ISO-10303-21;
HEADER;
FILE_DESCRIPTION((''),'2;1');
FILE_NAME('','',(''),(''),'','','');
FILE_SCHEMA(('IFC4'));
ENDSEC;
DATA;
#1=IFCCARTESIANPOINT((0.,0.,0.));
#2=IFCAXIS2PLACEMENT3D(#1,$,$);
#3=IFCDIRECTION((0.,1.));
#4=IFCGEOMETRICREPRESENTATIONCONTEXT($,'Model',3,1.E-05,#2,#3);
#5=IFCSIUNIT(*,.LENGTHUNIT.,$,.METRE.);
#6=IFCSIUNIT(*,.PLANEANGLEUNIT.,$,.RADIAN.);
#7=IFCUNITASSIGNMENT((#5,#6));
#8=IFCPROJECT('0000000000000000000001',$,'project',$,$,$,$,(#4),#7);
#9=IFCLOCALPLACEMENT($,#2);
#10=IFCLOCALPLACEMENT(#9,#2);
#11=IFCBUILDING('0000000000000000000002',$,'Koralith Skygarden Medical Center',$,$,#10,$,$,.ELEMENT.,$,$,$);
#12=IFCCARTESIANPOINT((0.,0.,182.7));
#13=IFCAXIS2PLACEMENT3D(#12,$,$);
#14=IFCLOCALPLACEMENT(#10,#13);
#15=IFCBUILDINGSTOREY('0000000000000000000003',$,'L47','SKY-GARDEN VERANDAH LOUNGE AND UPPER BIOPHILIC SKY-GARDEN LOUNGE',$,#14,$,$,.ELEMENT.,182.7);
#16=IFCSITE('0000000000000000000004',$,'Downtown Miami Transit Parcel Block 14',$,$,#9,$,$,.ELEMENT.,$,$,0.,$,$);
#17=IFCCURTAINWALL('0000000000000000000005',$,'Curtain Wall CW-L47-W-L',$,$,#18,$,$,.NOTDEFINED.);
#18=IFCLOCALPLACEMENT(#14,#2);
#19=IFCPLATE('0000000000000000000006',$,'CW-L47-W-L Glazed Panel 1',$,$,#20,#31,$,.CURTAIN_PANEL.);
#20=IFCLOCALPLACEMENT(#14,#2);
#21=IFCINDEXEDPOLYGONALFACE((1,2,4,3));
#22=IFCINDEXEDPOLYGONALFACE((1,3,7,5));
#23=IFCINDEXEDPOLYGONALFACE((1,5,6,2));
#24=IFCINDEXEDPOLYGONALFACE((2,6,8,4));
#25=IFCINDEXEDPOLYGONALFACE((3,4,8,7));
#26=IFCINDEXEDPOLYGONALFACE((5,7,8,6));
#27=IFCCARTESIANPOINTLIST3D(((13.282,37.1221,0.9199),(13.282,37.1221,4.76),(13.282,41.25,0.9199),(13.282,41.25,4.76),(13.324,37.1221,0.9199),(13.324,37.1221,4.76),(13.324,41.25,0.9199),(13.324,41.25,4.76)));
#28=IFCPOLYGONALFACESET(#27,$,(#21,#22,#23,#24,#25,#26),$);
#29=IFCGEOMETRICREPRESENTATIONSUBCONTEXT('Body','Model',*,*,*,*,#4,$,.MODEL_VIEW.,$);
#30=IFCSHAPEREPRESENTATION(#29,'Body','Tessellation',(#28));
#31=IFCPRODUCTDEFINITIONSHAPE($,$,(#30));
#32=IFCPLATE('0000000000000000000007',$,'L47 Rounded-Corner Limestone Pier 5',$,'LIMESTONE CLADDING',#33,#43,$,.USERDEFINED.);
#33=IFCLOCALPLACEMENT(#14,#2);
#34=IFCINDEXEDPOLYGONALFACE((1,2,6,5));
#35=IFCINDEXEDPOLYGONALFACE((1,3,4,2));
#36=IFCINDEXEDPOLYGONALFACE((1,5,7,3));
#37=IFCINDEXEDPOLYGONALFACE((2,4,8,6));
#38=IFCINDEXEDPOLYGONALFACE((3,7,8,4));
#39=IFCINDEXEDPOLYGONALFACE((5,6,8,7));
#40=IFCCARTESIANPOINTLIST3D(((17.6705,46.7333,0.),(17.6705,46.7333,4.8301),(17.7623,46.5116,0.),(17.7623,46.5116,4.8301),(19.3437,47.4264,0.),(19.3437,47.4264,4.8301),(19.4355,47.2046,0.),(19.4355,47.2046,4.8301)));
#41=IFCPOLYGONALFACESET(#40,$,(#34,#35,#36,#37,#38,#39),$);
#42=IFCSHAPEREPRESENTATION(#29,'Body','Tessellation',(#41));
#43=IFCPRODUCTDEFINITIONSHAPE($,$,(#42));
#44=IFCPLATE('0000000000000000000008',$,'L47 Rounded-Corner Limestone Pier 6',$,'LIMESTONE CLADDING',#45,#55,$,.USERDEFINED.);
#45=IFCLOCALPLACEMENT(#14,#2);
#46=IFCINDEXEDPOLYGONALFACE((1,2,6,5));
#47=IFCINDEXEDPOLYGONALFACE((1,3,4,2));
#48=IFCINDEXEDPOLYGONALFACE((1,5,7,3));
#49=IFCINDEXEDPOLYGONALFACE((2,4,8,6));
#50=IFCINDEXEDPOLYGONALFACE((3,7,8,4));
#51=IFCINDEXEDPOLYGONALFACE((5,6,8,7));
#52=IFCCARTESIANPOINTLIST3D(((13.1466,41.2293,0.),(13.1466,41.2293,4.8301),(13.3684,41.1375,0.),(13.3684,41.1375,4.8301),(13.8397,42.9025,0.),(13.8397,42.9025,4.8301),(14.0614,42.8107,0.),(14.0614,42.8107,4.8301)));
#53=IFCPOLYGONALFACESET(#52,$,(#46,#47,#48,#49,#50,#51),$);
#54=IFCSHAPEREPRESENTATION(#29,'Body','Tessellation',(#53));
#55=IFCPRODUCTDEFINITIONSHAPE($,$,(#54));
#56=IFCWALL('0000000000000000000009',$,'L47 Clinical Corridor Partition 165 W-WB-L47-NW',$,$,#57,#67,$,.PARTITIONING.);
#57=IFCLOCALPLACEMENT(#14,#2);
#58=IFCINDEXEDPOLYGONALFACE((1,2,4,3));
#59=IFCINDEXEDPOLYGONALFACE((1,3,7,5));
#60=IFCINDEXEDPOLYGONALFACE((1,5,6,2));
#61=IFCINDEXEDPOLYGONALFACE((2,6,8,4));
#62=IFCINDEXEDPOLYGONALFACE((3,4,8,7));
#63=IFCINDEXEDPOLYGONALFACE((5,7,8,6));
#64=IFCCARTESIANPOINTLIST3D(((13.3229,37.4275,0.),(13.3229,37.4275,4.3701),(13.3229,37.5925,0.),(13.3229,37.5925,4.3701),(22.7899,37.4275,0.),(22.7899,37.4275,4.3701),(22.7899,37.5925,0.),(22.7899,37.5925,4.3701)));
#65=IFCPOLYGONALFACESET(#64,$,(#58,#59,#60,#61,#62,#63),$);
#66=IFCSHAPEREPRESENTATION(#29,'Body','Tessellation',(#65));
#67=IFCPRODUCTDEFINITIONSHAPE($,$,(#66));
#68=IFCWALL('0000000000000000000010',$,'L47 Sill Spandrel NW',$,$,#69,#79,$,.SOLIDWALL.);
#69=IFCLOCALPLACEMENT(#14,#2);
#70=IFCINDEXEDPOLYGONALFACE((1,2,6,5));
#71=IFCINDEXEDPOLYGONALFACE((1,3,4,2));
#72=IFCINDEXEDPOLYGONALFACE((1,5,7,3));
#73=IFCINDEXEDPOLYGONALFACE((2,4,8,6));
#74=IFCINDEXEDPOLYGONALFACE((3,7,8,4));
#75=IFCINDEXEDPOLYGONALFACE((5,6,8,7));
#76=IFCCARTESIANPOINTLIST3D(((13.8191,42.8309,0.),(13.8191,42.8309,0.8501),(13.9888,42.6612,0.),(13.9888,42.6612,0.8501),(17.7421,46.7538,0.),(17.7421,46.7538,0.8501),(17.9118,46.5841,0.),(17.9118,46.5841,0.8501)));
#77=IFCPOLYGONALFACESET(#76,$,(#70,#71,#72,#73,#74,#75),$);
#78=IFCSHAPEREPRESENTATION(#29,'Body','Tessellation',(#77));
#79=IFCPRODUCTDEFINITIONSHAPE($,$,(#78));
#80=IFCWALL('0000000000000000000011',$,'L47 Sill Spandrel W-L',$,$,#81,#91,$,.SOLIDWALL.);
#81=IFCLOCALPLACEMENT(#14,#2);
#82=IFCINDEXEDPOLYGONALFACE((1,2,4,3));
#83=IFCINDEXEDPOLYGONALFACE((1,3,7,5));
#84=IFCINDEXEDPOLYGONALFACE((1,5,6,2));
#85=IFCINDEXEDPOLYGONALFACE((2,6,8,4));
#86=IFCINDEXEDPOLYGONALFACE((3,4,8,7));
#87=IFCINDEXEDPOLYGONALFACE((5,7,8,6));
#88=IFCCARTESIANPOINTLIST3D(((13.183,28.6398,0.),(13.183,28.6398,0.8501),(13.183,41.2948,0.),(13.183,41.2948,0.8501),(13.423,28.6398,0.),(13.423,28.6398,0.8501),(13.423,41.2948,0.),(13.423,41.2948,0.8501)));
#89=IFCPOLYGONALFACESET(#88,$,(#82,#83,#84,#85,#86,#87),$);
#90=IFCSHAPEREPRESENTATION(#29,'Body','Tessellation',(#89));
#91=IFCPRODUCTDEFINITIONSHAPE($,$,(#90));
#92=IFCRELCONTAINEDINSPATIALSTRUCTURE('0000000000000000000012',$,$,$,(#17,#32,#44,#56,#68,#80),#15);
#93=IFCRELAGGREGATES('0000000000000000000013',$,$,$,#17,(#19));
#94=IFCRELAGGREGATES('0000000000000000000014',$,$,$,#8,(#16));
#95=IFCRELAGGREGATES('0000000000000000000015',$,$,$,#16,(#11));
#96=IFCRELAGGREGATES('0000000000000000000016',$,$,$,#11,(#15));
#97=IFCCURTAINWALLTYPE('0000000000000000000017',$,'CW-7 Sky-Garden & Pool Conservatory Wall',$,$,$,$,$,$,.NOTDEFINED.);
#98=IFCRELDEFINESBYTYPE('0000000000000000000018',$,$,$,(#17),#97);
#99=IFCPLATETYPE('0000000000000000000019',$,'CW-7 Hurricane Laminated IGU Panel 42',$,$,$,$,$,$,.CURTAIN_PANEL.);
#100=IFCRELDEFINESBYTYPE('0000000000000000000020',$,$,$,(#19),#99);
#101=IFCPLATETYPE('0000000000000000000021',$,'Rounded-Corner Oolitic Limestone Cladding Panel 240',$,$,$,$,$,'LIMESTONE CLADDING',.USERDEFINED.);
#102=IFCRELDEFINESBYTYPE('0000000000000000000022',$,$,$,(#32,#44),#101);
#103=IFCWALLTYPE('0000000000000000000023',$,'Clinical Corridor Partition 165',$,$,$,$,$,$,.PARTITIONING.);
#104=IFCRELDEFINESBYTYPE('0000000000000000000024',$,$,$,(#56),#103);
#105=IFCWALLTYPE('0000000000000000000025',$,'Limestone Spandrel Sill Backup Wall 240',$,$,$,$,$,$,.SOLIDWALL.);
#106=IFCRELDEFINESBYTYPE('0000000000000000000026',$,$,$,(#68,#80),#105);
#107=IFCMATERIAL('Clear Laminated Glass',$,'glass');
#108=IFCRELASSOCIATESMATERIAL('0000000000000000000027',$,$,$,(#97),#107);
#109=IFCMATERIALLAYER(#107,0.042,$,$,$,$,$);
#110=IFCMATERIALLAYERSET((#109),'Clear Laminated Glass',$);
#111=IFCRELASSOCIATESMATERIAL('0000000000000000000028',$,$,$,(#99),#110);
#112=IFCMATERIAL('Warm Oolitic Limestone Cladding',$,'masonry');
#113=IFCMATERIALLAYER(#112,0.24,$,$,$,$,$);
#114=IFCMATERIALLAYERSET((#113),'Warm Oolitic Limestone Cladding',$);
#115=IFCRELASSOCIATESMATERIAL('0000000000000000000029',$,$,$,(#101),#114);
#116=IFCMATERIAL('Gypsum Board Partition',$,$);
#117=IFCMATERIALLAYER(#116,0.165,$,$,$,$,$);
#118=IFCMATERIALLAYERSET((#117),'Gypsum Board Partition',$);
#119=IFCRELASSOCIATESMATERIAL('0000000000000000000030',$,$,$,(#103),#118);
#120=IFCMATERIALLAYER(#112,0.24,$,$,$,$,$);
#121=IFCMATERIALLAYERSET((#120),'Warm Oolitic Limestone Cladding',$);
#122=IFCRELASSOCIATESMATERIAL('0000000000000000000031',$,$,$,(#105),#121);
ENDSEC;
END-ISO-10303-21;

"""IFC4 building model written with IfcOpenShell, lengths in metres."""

from ifc_helpers import new_model, si_unit, direction, frame, frame_2d, origin, origin_2d, place, context, subcontext, project, spatial, rectangle, extrude, material, layer, layer_set, type_object, element, aggregate, save


model = new_model("IFC4")

# Units and contexts
model_context = context("Model", 3, precision=1e-05, world=origin(), true_north=direction((0.0, 1.0)))
body_context = subcontext(model_context, "Body", "Model", "MODEL_VIEW")
ifc_project = project(units=[si_unit("LENGTHUNIT", "METRE"), si_unit("PLANEANGLEUNIT", "RADIAN")], contexts=[model_context])

# Site, building, storey
site_placement = place(None, origin())
site = spatial("IfcSite", under=ifc_project, at=site_placement, Name="Downtown Miami Transit Parcel Block 14", CompositionType="ELEMENT", RefElevation=0.0)
building_placement = place(site_placement, origin())
building = spatial("IfcBuilding", under=site, at=building_placement, Name="Koralith Skygarden Medical Center", CompositionType="ELEMENT")
storey_placement = place(building_placement, frame((0.0, 0.0, 182.7)))
storey = spatial("IfcBuildingStorey", under=building, at=storey_placement, Name="L47", Description="SKY-GARDEN VERANDAH LOUNGE AND UPPER BIOPHILIC SKY-GARDEN LOUNGE", CompositionType="ELEMENT", Elevation=182.7)

# Shared definitions
ifc_material_1 = material(Name="Clear Laminated Glass", Category="glass")
curtain_wall_type = type_object("IfcCurtainWallType", Name="CW-7 Sky-Garden & Pool Conservatory Wall", PredefinedType="NOTDEFINED", material=ifc_material_1)

# Curtain wall
curtain_wall_1_placement = place(storey_placement, origin())
curtain_wall_1 = element("IfcCurtainWall", 1, at=curtain_wall_1_placement, inside=storey, type_object=curtain_wall_type, Name="Curtain Wall CW-L47-W-L", PredefinedType="NOTDEFINED")

# Plate
ifc_layer_1 = layer(ifc_material_1, 0.042)
ifc_layer_set_1 = layer_set([ifc_layer_1], Name="Clear Laminated Glass")
plate_type_1 = type_object("IfcPlateType", Name="CW-7 Hurricane Laminated IGU Panel 42", PredefinedType="CURTAIN_PANEL", material=ifc_layer_set_1)
plate_1_placement = place(storey_placement, frame((13.303, 39.186, 0.9199), z_axis=(0.0, 0.0, 1.0), x_axis=(0.0, -1.0, 0.0)))
plate_1 = element("IfcPlate", 2, at=plate_1_placement, type_object=plate_type_1, Name="CW-L47-W-L Glazed Panel 1", PredefinedType="CURTAIN_PANEL", context=body_context, shape_type="SweptSolid", body=[
    extrude(rectangle(XDim=4.1279, YDim=0.042, at=origin_2d()), origin(), (0.0, 0.0, 1.0), 3.8401),
])
aggregate(curtain_wall_1, [plate_1])

# Plates
ifc_material_2 = material(Name="Warm Oolitic Limestone Cladding", Category="masonry")
ifc_layer_2 = layer(ifc_material_2, 0.24)
ifc_layer_set_2 = layer_set([ifc_layer_2], Name="Warm Oolitic Limestone Cladding")
plate_type_2 = type_object("IfcPlateType", Name="Rounded-Corner Oolitic Limestone Cladding Panel 240", ElementType="LIMESTONE CLADDING", PredefinedType="USERDEFINED", material=ifc_layer_set_2)
for number, where, z_axis, x_axis, name in (
    (3, (18.553, 46.969, 0.0), (0.0, 0.0, 1.0), (-0.923885, -0.382671, 0.0), "L47 Rounded-Corner Limestone Pier 5"),
    (4, (13.604, 42.02, 0.0), (0.0, 0.0, 1.0), (-0.382671, -0.923885, 0.0), "L47 Rounded-Corner Limestone Pier 6"),
):
    element("IfcPlate", number, at=place(storey_placement, frame(where, z_axis=z_axis, x_axis=x_axis)), inside=storey, type_object=plate_type_2, Name=name, ObjectType="LIMESTONE CLADDING", PredefinedType="USERDEFINED", context=body_context, shape_type="SweptSolid", body=[
        extrude(rectangle(XDim=1.811, YDim=0.24, at=origin_2d()), origin(), (0.0, 0.0, 1.0), 4.8301),
    ])

# Walls
ifc_material_3 = material(Name="Gypsum Board Partition")
ifc_layer_3 = layer(ifc_material_3, 0.165)
ifc_layer_set_3 = layer_set([ifc_layer_3], Name="Gypsum Board Partition")
wall_type_1 = type_object("IfcWallType", Name="Clinical Corridor Partition 165", PredefinedType="PARTITIONING", material=ifc_layer_set_3)
wall_1_placement = place(storey_placement, frame((13.323, 37.51, 0.0), z_axis=(0.0, 0.0, 1.0), x_axis=(1.0, 0.0, 0.0)))
element("IfcWall", 5, at=wall_1_placement, inside=storey, type_object=wall_type_1, Name="L47 Clinical Corridor Partition 165 W-WB-L47-NW", PredefinedType="PARTITIONING", context=body_context, shape_type="SweptSolid", body=[
    extrude(rectangle(XDim=9.467, YDim=0.165, at=frame_2d((4.7334, 0.0))), origin(), (0.0, 0.0, 1.0), 4.3701),
])
ifc_layer_4 = layer(ifc_material_2, 0.24)
ifc_layer_set_4 = layer_set([ifc_layer_4], Name="Warm Oolitic Limestone Cladding")
wall_type_2 = type_object("IfcWallType", Name="Limestone Spandrel Sill Backup Wall 240", PredefinedType="SOLIDWALL", material=ifc_layer_set_4)
wall_2_placement = place(storey_placement, frame((17.8269, 46.6689, 0.0), z_axis=(0.0, 0.0, 1.0), x_axis=(-0.707107, -0.707107, 0.0)))
element("IfcWall", 6, at=wall_2_placement, inside=storey, type_object=wall_type_2, Name="L47 Sill Spandrel NW", PredefinedType="SOLIDWALL", context=body_context, shape_type="SweptSolid", body=[
    extrude(rectangle(XDim=5.5479, YDim=0.24, at=frame_2d((2.7739, 0.0))), origin(), (0.0, 0.0, 1.0), 0.8501),
])
wall_3_placement = place(storey_placement, frame((13.303, 41.2949, 0.0), z_axis=(0.0, 0.0, 1.0), x_axis=(0.0, -1.0, 0.0)))
element("IfcWall", 7, at=wall_3_placement, inside=storey, type_object=wall_type_2, Name="L47 Sill Spandrel W-L", PredefinedType="SOLIDWALL", context=body_context, shape_type="SweptSolid", body=[
    extrude(rectangle(XDim=12.655, YDim=0.24, at=frame_2d((6.3276, 0.0))), origin(), (0.0, 0.0, 1.0), 0.8501),
])

save(model, "model.ifc")
